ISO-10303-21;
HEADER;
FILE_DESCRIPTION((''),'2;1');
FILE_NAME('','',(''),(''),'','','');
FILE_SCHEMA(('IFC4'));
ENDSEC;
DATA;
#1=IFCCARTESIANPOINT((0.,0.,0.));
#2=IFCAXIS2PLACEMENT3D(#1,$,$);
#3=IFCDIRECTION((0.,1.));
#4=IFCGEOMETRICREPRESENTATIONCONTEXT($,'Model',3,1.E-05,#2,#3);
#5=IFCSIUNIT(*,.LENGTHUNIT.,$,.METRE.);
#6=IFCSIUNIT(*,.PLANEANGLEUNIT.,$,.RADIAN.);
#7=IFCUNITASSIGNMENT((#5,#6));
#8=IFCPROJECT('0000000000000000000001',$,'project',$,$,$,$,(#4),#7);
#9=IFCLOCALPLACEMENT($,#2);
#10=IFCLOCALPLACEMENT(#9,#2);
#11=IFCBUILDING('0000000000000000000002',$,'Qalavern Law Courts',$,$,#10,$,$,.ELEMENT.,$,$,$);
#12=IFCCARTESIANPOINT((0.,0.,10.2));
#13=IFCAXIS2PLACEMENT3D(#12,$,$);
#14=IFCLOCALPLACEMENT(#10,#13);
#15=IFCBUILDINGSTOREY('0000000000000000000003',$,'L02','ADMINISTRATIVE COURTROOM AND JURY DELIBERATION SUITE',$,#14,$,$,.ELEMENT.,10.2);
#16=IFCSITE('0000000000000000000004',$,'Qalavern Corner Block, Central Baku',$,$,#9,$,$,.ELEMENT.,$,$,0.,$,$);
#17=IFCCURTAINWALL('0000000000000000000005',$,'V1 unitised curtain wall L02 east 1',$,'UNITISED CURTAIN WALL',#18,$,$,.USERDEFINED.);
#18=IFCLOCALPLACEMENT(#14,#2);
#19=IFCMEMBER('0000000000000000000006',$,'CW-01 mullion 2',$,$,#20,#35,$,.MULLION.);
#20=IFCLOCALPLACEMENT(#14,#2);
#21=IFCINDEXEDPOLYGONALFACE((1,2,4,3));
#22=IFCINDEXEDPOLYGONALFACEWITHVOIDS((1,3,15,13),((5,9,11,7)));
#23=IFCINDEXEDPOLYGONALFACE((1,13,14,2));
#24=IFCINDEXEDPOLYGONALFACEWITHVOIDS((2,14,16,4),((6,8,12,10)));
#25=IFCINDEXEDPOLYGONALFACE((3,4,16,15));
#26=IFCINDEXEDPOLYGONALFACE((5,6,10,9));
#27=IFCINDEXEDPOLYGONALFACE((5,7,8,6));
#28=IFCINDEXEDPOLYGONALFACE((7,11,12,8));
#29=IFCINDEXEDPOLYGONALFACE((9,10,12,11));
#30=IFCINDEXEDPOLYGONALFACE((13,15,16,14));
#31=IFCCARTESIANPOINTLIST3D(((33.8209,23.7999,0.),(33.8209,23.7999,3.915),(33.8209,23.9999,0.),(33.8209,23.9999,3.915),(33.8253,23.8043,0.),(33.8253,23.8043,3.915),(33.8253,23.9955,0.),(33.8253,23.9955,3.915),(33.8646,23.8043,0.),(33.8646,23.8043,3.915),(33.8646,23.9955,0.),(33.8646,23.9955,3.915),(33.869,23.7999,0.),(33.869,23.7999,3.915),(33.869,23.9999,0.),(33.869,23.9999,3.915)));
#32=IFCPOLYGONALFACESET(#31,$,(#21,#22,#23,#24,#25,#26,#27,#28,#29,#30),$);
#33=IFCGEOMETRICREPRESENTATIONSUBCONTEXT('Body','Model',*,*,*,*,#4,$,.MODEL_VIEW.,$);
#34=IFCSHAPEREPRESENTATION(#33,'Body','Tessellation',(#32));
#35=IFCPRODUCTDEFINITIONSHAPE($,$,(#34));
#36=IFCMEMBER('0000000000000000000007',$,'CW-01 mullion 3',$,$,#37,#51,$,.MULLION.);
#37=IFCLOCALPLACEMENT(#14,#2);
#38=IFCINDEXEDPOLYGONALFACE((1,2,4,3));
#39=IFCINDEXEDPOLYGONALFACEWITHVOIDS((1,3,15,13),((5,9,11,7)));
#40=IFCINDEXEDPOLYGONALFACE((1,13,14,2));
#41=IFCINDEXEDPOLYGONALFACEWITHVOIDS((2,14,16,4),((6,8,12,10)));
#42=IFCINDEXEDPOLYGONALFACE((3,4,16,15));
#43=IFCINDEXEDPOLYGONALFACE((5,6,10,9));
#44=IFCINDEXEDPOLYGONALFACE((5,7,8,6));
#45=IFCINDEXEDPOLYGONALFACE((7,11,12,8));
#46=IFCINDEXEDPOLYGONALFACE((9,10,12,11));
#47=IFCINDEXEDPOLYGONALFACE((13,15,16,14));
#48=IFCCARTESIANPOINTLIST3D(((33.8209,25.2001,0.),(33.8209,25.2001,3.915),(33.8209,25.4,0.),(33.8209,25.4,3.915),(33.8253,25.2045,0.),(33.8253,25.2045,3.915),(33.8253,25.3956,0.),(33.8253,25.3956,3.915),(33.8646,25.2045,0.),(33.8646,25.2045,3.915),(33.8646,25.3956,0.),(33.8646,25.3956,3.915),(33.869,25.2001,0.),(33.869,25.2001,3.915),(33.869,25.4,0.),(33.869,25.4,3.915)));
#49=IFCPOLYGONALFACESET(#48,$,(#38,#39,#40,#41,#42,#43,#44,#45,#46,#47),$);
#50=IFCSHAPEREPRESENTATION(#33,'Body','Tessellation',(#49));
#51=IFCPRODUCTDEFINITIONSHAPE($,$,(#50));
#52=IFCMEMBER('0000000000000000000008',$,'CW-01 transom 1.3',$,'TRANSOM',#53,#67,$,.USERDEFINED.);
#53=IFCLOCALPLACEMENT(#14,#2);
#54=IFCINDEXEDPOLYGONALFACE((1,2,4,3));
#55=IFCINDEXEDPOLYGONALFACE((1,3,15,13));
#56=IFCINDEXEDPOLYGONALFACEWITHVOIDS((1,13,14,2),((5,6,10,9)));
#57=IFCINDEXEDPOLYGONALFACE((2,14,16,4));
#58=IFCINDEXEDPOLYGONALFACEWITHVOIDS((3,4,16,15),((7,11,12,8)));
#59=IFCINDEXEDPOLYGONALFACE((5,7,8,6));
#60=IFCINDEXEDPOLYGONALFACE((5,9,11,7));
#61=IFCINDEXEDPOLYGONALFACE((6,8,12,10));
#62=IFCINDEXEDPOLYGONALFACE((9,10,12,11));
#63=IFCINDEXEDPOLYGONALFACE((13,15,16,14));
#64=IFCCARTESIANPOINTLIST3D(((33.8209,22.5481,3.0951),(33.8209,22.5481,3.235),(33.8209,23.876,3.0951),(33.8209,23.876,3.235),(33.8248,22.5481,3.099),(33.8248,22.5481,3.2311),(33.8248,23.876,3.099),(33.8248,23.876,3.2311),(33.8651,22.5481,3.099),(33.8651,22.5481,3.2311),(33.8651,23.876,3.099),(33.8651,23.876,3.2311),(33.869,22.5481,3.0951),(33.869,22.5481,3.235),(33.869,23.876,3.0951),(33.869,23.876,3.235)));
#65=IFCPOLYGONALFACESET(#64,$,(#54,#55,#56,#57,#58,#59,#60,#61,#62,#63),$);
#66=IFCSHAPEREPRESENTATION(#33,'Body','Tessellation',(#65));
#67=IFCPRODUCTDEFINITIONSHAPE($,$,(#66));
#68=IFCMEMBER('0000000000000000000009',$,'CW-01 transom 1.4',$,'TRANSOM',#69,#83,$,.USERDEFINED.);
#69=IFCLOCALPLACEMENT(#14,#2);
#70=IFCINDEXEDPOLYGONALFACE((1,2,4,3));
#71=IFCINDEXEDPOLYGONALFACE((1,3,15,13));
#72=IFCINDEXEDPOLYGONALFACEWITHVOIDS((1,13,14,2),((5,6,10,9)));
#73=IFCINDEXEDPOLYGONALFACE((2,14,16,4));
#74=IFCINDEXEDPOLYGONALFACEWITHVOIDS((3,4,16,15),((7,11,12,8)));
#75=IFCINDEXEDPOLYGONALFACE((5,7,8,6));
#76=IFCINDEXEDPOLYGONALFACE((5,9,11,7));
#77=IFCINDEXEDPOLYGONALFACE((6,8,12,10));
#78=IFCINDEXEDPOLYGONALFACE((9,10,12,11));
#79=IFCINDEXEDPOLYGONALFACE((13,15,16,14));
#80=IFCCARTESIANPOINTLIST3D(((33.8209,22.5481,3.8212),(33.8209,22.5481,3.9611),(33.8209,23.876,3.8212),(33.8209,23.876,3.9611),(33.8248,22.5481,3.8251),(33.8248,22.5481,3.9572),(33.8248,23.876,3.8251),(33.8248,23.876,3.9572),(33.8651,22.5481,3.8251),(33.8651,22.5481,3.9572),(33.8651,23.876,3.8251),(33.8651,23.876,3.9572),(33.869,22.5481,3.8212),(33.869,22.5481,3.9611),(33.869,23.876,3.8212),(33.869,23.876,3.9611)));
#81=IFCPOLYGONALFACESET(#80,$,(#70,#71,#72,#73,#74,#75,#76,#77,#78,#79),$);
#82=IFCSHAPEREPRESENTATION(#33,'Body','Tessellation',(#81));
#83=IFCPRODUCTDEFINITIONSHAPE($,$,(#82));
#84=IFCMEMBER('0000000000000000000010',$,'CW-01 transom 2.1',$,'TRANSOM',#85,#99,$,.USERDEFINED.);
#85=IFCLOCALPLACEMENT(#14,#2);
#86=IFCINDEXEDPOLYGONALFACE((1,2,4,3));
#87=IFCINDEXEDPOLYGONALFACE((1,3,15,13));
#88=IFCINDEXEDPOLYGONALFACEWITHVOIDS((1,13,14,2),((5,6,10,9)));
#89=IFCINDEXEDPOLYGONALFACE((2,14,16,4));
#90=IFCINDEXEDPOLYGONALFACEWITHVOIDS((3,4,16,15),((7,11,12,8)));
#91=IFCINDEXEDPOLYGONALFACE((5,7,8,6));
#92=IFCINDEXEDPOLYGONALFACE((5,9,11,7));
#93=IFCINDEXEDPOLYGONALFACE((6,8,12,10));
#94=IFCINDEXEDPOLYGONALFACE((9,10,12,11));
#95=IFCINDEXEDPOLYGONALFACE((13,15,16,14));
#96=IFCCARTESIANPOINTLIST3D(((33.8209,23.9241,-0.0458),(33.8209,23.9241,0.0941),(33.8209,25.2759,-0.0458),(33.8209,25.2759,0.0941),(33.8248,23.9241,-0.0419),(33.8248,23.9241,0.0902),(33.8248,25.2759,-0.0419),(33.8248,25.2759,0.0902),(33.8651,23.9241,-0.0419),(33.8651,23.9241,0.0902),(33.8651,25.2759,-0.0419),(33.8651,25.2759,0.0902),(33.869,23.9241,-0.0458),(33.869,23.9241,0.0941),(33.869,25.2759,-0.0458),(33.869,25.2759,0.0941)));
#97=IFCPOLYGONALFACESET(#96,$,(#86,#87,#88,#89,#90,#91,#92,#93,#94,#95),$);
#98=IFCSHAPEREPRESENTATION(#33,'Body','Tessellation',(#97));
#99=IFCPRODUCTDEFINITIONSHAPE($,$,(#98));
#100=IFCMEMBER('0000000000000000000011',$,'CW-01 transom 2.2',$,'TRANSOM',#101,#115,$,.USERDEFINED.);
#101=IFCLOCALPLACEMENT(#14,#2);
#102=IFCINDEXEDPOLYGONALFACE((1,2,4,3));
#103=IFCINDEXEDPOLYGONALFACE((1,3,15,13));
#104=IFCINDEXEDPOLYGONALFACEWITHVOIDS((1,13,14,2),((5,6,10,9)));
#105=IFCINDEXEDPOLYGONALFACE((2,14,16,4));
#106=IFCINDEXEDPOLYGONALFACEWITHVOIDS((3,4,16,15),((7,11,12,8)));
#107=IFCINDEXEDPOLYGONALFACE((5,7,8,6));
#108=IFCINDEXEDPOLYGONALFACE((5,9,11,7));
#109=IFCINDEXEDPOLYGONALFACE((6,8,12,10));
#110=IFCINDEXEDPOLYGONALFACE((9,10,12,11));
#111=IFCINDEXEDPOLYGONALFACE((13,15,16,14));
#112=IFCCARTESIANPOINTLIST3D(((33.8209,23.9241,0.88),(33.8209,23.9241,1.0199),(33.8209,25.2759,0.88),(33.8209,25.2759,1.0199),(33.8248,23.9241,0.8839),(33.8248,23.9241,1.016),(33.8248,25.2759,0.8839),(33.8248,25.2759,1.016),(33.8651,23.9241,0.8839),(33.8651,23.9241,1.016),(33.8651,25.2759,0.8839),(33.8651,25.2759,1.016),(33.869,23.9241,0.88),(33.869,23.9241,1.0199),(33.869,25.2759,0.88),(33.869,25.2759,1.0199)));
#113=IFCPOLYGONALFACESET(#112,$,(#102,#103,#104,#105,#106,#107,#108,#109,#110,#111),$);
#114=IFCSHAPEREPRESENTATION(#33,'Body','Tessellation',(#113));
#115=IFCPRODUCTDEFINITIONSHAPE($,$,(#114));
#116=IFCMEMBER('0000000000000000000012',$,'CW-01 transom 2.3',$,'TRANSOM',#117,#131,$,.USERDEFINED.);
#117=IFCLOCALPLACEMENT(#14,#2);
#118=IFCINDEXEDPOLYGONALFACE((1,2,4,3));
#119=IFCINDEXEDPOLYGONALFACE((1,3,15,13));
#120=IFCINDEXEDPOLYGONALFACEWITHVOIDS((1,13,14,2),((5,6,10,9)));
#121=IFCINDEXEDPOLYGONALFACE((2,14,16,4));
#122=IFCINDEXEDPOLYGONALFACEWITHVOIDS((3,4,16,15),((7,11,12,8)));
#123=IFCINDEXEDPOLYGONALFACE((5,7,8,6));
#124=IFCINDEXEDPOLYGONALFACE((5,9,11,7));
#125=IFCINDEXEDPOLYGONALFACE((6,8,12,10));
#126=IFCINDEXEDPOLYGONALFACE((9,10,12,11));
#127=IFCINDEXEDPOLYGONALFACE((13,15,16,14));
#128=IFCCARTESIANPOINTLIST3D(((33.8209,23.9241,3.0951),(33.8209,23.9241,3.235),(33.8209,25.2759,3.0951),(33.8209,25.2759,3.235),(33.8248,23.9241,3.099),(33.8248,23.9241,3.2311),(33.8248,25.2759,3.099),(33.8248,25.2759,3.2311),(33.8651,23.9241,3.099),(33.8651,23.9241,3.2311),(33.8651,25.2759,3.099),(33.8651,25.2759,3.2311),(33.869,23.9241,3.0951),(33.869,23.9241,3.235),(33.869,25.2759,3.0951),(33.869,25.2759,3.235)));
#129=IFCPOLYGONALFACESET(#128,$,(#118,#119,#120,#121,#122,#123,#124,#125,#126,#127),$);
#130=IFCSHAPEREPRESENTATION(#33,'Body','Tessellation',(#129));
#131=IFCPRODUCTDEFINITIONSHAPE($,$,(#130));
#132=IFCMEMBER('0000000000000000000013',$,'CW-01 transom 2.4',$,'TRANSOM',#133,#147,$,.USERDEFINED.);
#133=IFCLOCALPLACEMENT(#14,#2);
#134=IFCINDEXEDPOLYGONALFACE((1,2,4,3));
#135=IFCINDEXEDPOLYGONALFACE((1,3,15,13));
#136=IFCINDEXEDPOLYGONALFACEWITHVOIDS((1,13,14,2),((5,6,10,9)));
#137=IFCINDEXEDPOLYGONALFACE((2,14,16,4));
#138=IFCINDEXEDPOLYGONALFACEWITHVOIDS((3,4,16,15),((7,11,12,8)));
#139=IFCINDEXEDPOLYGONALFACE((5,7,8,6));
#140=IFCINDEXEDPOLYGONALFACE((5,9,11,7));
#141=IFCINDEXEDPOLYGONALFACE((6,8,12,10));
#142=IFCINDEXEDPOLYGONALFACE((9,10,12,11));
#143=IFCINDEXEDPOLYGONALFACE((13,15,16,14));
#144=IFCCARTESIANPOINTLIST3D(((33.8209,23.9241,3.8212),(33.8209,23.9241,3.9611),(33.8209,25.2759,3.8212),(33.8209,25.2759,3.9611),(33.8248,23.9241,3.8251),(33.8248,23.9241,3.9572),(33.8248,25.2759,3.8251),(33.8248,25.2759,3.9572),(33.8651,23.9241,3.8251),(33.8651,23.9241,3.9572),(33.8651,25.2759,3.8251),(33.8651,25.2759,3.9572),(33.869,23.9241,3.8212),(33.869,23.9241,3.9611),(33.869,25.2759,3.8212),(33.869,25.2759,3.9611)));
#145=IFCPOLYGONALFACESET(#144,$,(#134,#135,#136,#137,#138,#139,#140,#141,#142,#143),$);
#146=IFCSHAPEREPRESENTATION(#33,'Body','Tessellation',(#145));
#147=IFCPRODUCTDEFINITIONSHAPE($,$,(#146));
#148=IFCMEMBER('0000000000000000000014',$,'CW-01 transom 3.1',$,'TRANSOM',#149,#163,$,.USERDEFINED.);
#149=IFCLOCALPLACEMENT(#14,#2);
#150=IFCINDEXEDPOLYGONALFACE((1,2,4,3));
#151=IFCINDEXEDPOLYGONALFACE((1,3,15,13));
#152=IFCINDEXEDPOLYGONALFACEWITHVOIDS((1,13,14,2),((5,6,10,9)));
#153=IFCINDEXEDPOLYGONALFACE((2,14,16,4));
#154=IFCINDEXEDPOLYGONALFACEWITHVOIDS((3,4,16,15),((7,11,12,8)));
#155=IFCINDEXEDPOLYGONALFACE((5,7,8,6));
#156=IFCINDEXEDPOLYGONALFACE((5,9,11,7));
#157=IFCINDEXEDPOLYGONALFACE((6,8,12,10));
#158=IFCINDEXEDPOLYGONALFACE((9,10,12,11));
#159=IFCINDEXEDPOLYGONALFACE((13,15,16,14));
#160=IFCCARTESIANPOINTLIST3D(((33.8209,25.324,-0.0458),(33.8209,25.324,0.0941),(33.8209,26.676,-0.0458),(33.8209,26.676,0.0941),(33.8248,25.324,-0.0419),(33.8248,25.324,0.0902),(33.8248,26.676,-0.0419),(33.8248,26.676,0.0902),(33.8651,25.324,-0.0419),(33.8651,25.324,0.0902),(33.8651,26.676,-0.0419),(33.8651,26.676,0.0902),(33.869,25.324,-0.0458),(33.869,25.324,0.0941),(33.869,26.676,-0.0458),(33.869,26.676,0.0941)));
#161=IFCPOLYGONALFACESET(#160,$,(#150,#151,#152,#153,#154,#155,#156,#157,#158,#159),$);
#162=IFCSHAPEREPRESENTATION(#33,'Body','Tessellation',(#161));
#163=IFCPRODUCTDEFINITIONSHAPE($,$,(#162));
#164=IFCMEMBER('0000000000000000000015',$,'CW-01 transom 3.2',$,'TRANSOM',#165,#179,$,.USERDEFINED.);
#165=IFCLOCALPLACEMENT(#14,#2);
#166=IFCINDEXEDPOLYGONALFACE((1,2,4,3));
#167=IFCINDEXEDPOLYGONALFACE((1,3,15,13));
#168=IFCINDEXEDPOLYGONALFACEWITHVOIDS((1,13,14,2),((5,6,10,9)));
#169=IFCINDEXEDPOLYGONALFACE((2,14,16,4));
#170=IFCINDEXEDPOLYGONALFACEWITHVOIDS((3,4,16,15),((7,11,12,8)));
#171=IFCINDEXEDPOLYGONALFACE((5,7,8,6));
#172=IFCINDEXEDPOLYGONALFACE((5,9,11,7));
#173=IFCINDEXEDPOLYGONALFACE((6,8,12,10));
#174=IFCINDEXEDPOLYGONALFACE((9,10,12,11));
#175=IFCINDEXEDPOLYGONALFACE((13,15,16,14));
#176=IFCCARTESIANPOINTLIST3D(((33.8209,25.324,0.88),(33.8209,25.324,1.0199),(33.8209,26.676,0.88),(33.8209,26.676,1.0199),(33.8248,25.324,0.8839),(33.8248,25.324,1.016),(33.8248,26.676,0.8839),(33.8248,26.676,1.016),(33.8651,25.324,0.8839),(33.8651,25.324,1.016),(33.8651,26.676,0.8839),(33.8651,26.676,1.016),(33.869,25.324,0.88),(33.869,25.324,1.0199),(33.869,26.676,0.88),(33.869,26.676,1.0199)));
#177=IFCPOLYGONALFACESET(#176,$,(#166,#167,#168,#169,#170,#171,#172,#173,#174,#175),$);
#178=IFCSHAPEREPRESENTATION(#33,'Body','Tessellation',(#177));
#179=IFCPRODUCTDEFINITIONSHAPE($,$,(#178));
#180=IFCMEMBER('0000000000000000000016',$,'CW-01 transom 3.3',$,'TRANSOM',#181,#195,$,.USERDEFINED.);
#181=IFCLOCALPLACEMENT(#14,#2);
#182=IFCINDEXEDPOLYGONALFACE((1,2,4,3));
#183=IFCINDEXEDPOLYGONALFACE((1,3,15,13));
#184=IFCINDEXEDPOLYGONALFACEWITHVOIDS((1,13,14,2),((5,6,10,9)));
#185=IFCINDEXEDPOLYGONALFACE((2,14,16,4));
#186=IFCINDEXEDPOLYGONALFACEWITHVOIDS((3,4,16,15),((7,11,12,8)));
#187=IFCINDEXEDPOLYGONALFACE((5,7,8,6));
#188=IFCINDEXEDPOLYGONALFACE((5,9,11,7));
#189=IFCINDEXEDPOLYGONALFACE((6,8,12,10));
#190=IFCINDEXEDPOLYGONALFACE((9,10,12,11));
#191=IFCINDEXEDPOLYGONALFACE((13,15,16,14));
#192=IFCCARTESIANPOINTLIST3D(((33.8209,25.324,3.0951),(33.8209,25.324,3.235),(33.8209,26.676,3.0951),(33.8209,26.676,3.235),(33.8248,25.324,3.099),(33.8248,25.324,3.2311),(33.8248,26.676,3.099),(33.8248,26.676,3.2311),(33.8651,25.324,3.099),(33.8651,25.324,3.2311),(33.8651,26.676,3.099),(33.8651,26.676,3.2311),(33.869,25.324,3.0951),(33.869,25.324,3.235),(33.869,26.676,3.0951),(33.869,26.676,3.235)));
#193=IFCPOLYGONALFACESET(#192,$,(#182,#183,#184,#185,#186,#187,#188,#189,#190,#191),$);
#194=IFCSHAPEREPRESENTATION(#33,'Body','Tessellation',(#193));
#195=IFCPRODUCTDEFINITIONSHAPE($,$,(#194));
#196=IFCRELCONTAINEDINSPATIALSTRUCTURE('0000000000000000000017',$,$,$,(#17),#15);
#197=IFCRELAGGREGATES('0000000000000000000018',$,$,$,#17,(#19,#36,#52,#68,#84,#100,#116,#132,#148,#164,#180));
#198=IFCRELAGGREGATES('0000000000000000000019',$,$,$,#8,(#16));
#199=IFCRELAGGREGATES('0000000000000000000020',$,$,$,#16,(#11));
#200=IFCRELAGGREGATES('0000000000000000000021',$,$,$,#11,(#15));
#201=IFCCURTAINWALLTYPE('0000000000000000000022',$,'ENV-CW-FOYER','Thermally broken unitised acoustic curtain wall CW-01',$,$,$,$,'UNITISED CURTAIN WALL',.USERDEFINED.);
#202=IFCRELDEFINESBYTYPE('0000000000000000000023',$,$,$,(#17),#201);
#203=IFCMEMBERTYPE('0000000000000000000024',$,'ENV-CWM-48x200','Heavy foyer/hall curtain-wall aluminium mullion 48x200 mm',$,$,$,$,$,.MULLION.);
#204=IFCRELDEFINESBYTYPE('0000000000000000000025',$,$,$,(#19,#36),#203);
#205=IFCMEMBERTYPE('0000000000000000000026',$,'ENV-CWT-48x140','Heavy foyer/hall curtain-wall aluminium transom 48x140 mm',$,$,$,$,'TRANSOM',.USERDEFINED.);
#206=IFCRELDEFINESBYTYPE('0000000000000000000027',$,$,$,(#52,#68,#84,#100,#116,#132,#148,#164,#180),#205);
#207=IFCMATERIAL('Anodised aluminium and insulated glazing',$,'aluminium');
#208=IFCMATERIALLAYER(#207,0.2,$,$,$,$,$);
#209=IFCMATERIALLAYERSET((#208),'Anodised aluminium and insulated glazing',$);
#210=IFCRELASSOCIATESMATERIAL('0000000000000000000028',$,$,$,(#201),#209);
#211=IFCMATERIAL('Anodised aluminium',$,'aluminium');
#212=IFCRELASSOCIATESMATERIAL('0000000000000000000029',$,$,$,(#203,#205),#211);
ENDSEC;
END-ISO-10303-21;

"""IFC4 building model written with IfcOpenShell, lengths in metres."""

from ifc_helpers import new_model, si_unit, direction, frame, origin, origin_2d, place, context, subcontext, project, spatial, hollow_rectangle, extrude, material, layer, layer_set, material_profile, profile_set, type_object, element, aggregate, save


model = new_model("IFC4")

# Units and contexts
model_context = context("Model", 3, precision=1e-05, world=origin(), true_north=direction((0.0, 1.0)))
body_context = subcontext(model_context, "Body", "Model", "MODEL_VIEW")
ifc_project = project(units=[si_unit("LENGTHUNIT", "METRE"), si_unit("PLANEANGLEUNIT", "RADIAN")], contexts=[model_context])

# Site, building, storey
site_placement = place(None, origin())
site = spatial("IfcSite", under=ifc_project, at=site_placement, Name="Qalavern Corner Block, Central Baku", CompositionType="ELEMENT", RefElevation=0.0)
building_placement = place(site_placement, origin())
building = spatial("IfcBuilding", under=site, at=building_placement, Name="Qalavern Law Courts", CompositionType="ELEMENT")
storey_placement = place(building_placement, frame((0.0, 0.0, 10.2)))
storey = spatial("IfcBuildingStorey", under=building, at=storey_placement, Name="L02", Description="ADMINISTRATIVE COURTROOM AND JURY DELIBERATION SUITE", CompositionType="ELEMENT", Elevation=10.2)

# Curtain wall, members
ifc_material_1 = material(Name="Anodised aluminium and insulated glazing", Category="aluminium")
ifc_layer_1 = layer(ifc_material_1, 0.2)
ifc_layer_set_1 = layer_set([ifc_layer_1], Name="Anodised aluminium and insulated glazing")
curtain_wall_type = type_object("IfcCurtainWallType", Name="ENV-CW-FOYER", Description="Thermally broken unitised acoustic curtain wall CW-01", ElementType="UNITISED CURTAIN WALL", PredefinedType="USERDEFINED", material=ifc_layer_set_1)
curtain_wall_placement = place(storey_placement, origin())
curtain_wall = element("IfcCurtainWall", 1, at=curtain_wall_placement, inside=storey, type_object=curtain_wall_type, Name="V1 unitised curtain wall L02 east 1", ObjectType="UNITISED CURTAIN WALL", PredefinedType="USERDEFINED")
ifc_material_2 = material(Name="Anodised aluminium", Category="aluminium")
ifc_material_profile_1 = material_profile(ifc_material_2, hollow_rectangle(XDim=0.0481, YDim=0.2, WallThickness=0.0044, at=origin_2d()), Name="ALU MULLION 48x200")
ifc_profile_set_1 = profile_set([ifc_material_profile_1], Name="Anodised aluminium")
member_type_1 = type_object("IfcMemberType", Name="ENV-CWM-48x200", Description="Heavy foyer/hall curtain-wall aluminium mullion 48x200 mm", PredefinedType="MULLION", material=ifc_profile_set_1)
member_1_placement = place(storey_placement, frame((33.845, 23.8999, 0.0), z_axis=(0.0, 0.0, 1.0), x_axis=(-1.0, 0.0, 0.0)))
member_1 = element("IfcMember", 2, at=member_1_placement, type_object=member_type_1, Name="CW-01 mullion 2", PredefinedType="MULLION", context=body_context, shape_type="SweptSolid", body=[
    extrude(hollow_rectangle(XDim=0.0481, YDim=0.2, WallThickness=0.0044, at=origin_2d()), origin(), (0.0, 0.0, 1.0), 3.915),
])
member_2_placement = place(storey_placement, frame((33.845, 25.3, 0.0), z_axis=(0.0, 0.0, 1.0), x_axis=(-1.0, 0.0, 0.0)))
member_2 = element("IfcMember", 3, at=member_2_placement, type_object=member_type_1, Name="CW-01 mullion 3", PredefinedType="MULLION", context=body_context, shape_type="SweptSolid", body=[
    extrude(hollow_rectangle(XDim=0.0481, YDim=0.2, WallThickness=0.0044, at=origin_2d()), origin(), (0.0, 0.0, 1.0), 3.915),
])
ifc_material_profile_2 = material_profile(ifc_material_2, hollow_rectangle(XDim=0.0481, YDim=0.1399, WallThickness=0.0039, at=origin_2d()), Name="ALU TRANSOM 48x140")
ifc_profile_set_2 = profile_set([ifc_material_profile_2], Name="Anodised aluminium")
member_type_2 = type_object("IfcMemberType", Name="ENV-CWT-48x140", Description="Heavy foyer/hall curtain-wall aluminium transom 48x140 mm", ElementType="TRANSOM", PredefinedType="USERDEFINED", material=ifc_profile_set_2)
member_3_placement = place(storey_placement, frame((33.845, 22.5481, 3.165), z_axis=(0.0, 1.0, 0.0), x_axis=(-1.0, 0.0, 0.0)))
member_3 = element("IfcMember", 4, at=member_3_placement, type_object=member_type_2, Name="CW-01 transom 1.3", ObjectType="TRANSOM", PredefinedType="USERDEFINED", context=body_context, shape_type="SweptSolid", body=[
    extrude(hollow_rectangle(XDim=0.0481, YDim=0.1399, WallThickness=0.0039, at=origin_2d()), origin(), (0.0, 0.0, 1.0), 1.3279),
])
member_4_placement = place(storey_placement, frame((33.845, 22.5481, 3.8911), z_axis=(0.0, 1.0, 0.0), x_axis=(-1.0, 0.0, 0.0)))
member_4 = element("IfcMember", 5, at=member_4_placement, type_object=member_type_2, Name="CW-01 transom 1.4", ObjectType="TRANSOM", PredefinedType="USERDEFINED", context=body_context, shape_type="SweptSolid", body=[
    extrude(hollow_rectangle(XDim=0.0481, YDim=0.1399, WallThickness=0.0039, at=origin_2d()), origin(), (0.0, 0.0, 1.0), 1.3279),
])
member_5_placement = place(storey_placement, frame((33.845, 23.9241, 0.0242), z_axis=(0.0, 1.0, 0.0), x_axis=(-1.0, 0.0, 0.0)))
member_5 = element("IfcMember", 6, at=member_5_placement, type_object=member_type_2, Name="CW-01 transom 2.1", ObjectType="TRANSOM", PredefinedType="USERDEFINED", context=body_context, shape_type="SweptSolid", body=[
    extrude(hollow_rectangle(XDim=0.0481, YDim=0.1399, WallThickness=0.0039, at=origin_2d()), origin(), (0.0, 0.0, 1.0), 1.3518),
])
member_6_placement = place(storey_placement, frame((33.845, 23.9241, 0.95), z_axis=(0.0, 1.0, 0.0), x_axis=(-1.0, 0.0, 0.0)))
member_6 = element("IfcMember", 7, at=member_6_placement, type_object=member_type_2, Name="CW-01 transom 2.2", ObjectType="TRANSOM", PredefinedType="USERDEFINED", context=body_context, shape_type="SweptSolid", body=[
    extrude(hollow_rectangle(XDim=0.0481, YDim=0.1399, WallThickness=0.0039, at=origin_2d()), origin(), (0.0, 0.0, 1.0), 1.3518),
])
member_7_placement = place(storey_placement, frame((33.845, 23.9241, 3.165), z_axis=(0.0, 1.0, 0.0), x_axis=(-1.0, 0.0, 0.0)))
member_7 = element("IfcMember", 8, at=member_7_placement, type_object=member_type_2, Name="CW-01 transom 2.3", ObjectType="TRANSOM", PredefinedType="USERDEFINED", context=body_context, shape_type="SweptSolid", body=[
    extrude(hollow_rectangle(XDim=0.0481, YDim=0.1399, WallThickness=0.0039, at=origin_2d()), origin(), (0.0, 0.0, 1.0), 1.3518),
])
member_8_placement = place(storey_placement, frame((33.845, 23.9241, 3.8911), z_axis=(0.0, 1.0, 0.0), x_axis=(-1.0, 0.0, 0.0)))
member_8 = element("IfcMember", 9, at=member_8_placement, type_object=member_type_2, Name="CW-01 transom 2.4", ObjectType="TRANSOM", PredefinedType="USERDEFINED", context=body_context, shape_type="SweptSolid", body=[
    extrude(hollow_rectangle(XDim=0.0481, YDim=0.1399, WallThickness=0.0039, at=origin_2d()), origin(), (0.0, 0.0, 1.0), 1.3518),
])
member_9_placement = place(storey_placement, frame((33.845, 25.324, 0.0242), z_axis=(0.0, 1.0, 0.0), x_axis=(-1.0, 0.0, 0.0)))
member_9 = element("IfcMember", 10, at=member_9_placement, type_object=member_type_2, Name="CW-01 transom 3.1", ObjectType="TRANSOM", PredefinedType="USERDEFINED", context=body_context, shape_type="SweptSolid", body=[
    extrude(hollow_rectangle(XDim=0.0481, YDim=0.1399, WallThickness=0.0039, at=origin_2d()), origin(), (0.0, 0.0, 1.0), 1.3521),
])
member_10_placement = place(storey_placement, frame((33.845, 25.324, 0.95), z_axis=(0.0, 1.0, 0.0), x_axis=(-1.0, 0.0, 0.0)))
member_10 = element("IfcMember", 11, at=member_10_placement, type_object=member_type_2, Name="CW-01 transom 3.2", ObjectType="TRANSOM", PredefinedType="USERDEFINED", context=body_context, shape_type="SweptSolid", body=[
    extrude(hollow_rectangle(XDim=0.0481, YDim=0.1399, WallThickness=0.0039, at=origin_2d()), origin(), (0.0, 0.0, 1.0), 1.3521),
])
member_11_placement = place(storey_placement, frame((33.845, 25.324, 3.165), z_axis=(0.0, 1.0, 0.0), x_axis=(-1.0, 0.0, 0.0)))
member_11 = element("IfcMember", 12, at=member_11_placement, type_object=member_type_2, Name="CW-01 transom 3.3", ObjectType="TRANSOM", PredefinedType="USERDEFINED", context=body_context, shape_type="SweptSolid", body=[
    extrude(hollow_rectangle(XDim=0.0481, YDim=0.1399, WallThickness=0.0039, at=origin_2d()), origin(), (0.0, 0.0, 1.0), 1.3521),
])

aggregate(curtain_wall, [member_1, member_2, member_3, member_4, member_5, member_6, member_7, member_8, member_9, member_10, member_11])

save(model, "model.ifc")
